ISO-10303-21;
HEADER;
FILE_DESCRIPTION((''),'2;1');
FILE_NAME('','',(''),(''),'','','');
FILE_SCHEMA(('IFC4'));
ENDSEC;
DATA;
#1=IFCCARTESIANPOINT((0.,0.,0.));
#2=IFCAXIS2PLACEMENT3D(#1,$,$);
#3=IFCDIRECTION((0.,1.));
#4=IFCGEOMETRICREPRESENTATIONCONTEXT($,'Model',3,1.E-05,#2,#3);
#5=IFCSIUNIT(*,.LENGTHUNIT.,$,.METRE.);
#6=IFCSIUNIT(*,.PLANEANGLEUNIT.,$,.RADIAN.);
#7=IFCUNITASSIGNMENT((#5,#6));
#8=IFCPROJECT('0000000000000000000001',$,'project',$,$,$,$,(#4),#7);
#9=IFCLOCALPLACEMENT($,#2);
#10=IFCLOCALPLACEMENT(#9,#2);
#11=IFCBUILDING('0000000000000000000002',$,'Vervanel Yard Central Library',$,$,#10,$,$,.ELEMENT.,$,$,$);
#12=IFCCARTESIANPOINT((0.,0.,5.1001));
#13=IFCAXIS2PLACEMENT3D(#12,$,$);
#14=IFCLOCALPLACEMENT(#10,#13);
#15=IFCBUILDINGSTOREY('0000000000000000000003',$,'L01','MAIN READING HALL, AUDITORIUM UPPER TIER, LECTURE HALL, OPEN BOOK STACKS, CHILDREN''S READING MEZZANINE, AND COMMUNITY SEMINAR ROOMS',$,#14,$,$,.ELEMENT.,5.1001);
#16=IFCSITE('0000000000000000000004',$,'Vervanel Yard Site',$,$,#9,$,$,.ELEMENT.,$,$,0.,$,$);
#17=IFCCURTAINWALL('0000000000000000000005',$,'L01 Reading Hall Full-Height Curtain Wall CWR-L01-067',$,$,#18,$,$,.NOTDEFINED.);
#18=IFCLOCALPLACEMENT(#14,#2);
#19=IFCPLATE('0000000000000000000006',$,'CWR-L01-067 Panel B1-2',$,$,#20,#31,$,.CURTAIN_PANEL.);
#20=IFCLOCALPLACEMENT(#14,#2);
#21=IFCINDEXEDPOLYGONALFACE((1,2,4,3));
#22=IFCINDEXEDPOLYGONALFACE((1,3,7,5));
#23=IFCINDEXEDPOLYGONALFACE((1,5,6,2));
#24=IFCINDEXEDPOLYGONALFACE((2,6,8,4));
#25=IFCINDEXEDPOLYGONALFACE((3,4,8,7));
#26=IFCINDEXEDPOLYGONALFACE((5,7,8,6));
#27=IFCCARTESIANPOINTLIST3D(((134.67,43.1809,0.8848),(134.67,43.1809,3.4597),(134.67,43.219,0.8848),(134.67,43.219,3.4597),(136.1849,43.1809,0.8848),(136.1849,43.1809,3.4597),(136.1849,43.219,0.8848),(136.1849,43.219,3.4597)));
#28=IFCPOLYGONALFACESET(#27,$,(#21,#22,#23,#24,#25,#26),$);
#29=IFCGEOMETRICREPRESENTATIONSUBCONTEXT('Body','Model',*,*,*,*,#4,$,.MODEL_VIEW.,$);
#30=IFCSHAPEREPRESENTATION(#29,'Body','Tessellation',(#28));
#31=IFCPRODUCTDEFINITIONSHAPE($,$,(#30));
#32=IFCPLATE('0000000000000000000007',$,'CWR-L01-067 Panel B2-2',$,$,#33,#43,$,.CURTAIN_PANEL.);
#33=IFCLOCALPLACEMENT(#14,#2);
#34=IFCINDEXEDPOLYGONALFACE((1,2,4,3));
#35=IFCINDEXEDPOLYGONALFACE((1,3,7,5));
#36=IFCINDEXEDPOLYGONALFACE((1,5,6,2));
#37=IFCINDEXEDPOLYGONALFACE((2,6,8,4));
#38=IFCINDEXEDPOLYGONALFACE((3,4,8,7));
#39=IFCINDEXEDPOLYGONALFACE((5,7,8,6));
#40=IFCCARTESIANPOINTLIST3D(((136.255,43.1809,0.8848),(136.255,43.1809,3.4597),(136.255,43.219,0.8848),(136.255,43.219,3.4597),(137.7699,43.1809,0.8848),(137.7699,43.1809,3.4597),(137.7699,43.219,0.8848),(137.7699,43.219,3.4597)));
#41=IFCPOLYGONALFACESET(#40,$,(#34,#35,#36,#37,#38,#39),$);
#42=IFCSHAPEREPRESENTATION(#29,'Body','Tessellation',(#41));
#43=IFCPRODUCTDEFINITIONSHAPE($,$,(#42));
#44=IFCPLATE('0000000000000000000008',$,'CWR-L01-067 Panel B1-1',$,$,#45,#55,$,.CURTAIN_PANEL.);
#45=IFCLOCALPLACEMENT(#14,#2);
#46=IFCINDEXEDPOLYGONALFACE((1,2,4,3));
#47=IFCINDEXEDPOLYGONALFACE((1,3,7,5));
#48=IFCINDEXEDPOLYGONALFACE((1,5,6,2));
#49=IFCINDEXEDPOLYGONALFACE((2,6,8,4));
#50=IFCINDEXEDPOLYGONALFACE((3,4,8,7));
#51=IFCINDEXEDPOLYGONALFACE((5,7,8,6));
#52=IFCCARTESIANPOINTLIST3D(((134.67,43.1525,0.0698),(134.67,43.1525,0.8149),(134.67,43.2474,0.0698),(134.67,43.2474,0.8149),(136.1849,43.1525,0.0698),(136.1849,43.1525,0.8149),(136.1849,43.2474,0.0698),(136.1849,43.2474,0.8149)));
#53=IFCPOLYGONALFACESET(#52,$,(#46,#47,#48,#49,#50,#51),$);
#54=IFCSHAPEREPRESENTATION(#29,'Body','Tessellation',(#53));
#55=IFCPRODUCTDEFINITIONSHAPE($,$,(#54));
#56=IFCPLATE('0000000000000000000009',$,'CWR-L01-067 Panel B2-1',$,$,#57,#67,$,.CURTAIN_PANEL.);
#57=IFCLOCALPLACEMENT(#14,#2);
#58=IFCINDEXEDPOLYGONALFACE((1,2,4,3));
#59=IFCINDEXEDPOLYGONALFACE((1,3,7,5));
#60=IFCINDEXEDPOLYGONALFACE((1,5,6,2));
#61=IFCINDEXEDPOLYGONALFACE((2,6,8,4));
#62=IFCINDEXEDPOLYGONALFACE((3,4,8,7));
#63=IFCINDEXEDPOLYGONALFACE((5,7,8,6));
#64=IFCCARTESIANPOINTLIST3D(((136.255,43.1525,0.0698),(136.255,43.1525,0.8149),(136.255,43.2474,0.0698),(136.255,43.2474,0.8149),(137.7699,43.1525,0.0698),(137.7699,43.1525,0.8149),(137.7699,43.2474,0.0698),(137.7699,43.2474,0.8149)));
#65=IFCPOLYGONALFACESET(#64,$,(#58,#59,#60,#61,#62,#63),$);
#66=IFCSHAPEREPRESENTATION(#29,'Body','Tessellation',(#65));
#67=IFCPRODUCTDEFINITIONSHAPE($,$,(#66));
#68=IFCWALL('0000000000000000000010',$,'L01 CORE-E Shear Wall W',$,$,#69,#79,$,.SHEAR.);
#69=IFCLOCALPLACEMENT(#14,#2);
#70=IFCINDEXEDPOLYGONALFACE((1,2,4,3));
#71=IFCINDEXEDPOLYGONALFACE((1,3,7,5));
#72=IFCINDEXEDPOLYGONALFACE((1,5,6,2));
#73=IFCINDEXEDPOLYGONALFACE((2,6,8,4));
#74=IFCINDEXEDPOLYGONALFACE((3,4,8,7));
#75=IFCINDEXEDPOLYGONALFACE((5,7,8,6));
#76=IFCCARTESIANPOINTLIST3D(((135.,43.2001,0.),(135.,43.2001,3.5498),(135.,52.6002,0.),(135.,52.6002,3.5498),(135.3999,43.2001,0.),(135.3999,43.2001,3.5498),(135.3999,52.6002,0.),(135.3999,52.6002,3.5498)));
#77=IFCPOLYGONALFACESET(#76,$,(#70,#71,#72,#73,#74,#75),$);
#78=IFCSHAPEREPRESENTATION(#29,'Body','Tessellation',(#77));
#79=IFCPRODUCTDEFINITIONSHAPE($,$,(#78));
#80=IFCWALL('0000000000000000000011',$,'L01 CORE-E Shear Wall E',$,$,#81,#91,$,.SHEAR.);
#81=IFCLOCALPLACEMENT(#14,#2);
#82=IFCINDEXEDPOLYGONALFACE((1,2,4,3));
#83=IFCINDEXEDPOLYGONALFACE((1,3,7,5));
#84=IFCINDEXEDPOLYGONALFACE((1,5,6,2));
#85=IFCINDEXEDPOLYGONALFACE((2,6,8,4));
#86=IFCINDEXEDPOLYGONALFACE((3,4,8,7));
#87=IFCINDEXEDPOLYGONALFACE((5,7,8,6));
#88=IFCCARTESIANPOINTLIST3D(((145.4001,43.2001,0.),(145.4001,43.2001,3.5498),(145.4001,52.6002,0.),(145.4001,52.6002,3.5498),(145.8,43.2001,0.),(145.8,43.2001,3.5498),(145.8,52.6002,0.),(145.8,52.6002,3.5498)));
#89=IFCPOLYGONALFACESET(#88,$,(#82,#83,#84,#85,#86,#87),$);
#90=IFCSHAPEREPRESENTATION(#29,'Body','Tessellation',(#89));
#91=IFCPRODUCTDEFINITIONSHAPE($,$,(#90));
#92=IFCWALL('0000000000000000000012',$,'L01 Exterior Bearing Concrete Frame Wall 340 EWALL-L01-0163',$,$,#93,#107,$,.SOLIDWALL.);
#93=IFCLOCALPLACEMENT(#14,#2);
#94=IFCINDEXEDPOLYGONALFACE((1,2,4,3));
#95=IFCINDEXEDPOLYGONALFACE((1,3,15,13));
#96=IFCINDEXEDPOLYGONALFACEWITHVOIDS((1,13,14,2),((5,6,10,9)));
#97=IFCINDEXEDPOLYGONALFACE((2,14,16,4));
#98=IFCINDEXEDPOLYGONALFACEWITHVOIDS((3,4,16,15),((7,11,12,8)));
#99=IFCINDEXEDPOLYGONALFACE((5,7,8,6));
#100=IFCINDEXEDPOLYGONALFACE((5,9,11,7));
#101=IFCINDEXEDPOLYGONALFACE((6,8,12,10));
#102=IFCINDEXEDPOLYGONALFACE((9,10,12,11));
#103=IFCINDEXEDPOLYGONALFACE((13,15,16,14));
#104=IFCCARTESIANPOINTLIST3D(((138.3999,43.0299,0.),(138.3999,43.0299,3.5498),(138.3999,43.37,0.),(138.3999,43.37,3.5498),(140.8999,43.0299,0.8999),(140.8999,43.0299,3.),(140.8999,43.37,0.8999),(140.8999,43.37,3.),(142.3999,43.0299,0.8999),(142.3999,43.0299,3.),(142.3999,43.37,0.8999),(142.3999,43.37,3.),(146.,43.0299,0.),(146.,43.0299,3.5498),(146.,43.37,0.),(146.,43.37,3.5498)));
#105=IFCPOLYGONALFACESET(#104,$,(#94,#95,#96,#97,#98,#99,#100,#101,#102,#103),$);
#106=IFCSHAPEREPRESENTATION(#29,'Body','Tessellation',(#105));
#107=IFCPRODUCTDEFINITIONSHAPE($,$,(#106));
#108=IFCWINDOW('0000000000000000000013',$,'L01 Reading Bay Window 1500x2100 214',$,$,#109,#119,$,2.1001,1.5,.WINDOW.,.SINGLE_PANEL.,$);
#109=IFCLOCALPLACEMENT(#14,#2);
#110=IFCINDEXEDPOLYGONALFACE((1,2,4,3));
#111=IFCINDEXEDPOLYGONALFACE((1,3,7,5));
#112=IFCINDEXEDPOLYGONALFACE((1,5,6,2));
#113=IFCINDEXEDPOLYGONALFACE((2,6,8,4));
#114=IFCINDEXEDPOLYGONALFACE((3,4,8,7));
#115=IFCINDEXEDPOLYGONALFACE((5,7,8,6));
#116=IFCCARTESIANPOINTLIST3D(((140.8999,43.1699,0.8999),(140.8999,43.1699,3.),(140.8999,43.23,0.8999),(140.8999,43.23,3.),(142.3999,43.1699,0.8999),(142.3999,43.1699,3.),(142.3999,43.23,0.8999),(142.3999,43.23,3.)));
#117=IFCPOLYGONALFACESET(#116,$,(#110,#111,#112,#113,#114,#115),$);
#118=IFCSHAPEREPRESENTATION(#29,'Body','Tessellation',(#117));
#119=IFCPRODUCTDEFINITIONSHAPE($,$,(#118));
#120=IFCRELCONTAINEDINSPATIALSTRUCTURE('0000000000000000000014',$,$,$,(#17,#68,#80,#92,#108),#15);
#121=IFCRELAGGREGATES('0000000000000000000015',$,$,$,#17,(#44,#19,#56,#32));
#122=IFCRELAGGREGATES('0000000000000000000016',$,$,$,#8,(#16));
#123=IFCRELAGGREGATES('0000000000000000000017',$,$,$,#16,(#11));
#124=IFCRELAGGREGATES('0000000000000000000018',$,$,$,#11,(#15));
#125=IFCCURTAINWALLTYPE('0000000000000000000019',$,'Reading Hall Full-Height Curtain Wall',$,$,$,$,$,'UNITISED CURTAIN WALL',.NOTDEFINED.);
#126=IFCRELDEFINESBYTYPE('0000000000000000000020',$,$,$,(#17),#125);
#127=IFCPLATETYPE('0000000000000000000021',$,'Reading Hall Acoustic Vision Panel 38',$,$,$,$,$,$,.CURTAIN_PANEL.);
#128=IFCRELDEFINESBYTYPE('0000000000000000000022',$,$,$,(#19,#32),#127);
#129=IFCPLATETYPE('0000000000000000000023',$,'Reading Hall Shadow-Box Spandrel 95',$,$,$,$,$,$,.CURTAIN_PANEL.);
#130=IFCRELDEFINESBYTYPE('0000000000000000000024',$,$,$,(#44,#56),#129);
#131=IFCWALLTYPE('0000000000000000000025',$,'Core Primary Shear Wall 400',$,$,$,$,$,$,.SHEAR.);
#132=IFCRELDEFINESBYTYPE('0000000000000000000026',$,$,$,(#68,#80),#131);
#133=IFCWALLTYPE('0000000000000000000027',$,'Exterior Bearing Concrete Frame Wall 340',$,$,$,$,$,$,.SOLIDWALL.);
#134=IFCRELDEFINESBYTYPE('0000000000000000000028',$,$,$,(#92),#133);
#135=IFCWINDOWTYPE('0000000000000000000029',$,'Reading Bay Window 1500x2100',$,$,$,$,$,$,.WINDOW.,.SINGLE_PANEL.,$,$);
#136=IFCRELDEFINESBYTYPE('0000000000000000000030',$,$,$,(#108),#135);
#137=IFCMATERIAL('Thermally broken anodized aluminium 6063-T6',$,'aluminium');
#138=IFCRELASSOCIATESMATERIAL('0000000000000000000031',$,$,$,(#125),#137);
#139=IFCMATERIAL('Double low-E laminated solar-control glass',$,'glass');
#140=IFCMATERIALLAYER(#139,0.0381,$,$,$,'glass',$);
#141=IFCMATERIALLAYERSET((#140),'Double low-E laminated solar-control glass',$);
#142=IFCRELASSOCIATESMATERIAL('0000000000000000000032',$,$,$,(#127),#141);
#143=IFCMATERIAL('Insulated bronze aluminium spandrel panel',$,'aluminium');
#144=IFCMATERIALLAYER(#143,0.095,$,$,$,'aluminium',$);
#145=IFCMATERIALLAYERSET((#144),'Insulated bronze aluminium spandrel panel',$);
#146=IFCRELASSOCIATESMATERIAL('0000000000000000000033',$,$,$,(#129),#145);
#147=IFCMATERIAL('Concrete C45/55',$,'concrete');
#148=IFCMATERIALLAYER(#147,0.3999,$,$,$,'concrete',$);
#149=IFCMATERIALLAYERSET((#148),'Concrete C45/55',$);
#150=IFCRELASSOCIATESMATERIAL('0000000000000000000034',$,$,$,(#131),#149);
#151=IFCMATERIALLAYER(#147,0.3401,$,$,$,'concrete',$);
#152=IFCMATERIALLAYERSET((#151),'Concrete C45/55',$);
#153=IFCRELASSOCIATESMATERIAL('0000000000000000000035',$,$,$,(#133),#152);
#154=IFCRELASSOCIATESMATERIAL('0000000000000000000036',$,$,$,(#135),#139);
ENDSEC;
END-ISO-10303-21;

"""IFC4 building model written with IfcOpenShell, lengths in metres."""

from ifc_helpers import new_model, si_unit, direction, frame, frame_2d, origin, origin_2d, place, context, subcontext, project, spatial, rectangle, extrude, material, layer, layer_set, type_object, element, fill, aggregate, save


model = new_model("IFC4")

# Units and contexts
model_context = context("Model", 3, precision=1e-05, world=origin(), true_north=direction((0.0, 1.0)))
body_context = subcontext(model_context, "Body", "Model", "MODEL_VIEW")
ifc_project = project(units=[si_unit("LENGTHUNIT", "METRE"), si_unit("PLANEANGLEUNIT", "RADIAN")], contexts=[model_context])

# Site, building, storey
site_placement = place(None, origin())
site = spatial("IfcSite", under=ifc_project, at=site_placement, Name="Vervanel Yard Site", CompositionType="ELEMENT", RefElevation=0.0)
building_placement = place(site_placement, origin())
building = spatial("IfcBuilding", under=site, at=building_placement, Name="Vervanel Yard Central Library", CompositionType="ELEMENT")
storey_placement = place(building_placement, frame((0.0, 0.0, 5.1001)))
storey = spatial("IfcBuildingStorey", under=building, at=storey_placement, Name="L01", Description="MAIN READING HALL, AUDITORIUM UPPER TIER, LECTURE HALL, OPEN BOOK STACKS, CHILDREN'S READING MEZZANINE, AND COMMUNITY SEMINAR ROOMS", CompositionType="ELEMENT", Elevation=5.1001)

# Curtain wall
ifc_material_1 = material(Name="Thermally broken anodized aluminium 6063-T6", Category="aluminium")
curtain_wall_type_1 = type_object("IfcCurtainWallType", Name="Reading Hall Full-Height Curtain Wall", ElementType="UNITISED CURTAIN WALL", PredefinedType="NOTDEFINED", material=ifc_material_1)
curtain_wall_1_placement = place(storey_placement, origin())
curtain_wall_1 = element("IfcCurtainWall", 1, at=curtain_wall_1_placement, inside=storey, type_object=curtain_wall_type_1, Name="L01 Reading Hall Full-Height Curtain Wall CWR-L01-067", PredefinedType="NOTDEFINED")

# Plates
ifc_material_2 = material(Name="Double low-E laminated solar-control glass", Category="glass")
ifc_layer_1 = layer(ifc_material_2, 0.0381, Category="glass")
ifc_layer_set_1 = layer_set([ifc_layer_1], Name="Double low-E laminated solar-control glass")
plate_type_1 = type_object("IfcPlateType", Name="Reading Hall Acoustic Vision Panel 38", PredefinedType="CURTAIN_PANEL", material=ifc_layer_set_1)
plate_1_placement = place(storey_placement, frame((135.4275, 43.2, 0.8848), z_axis=(0.0, 0.0, 1.0), x_axis=(1.0, 0.0, 0.0)))
plate_1 = element("IfcPlate", 2, at=plate_1_placement, type_object=plate_type_1, Name="CWR-L01-067 Panel B1-2", PredefinedType="CURTAIN_PANEL", context=body_context, shape_type="SweptSolid", body=[
    extrude(rectangle(XDim=1.5149, YDim=0.0381, at=origin_2d()), origin(), (0.0, 0.0, 1.0), 2.575),
])
plate_2_placement = place(storey_placement, frame((137.0125, 43.2, 0.8848), z_axis=(0.0, 0.0, 1.0), x_axis=(1.0, 0.0, 0.0)))
plate_2 = element("IfcPlate", 3, at=plate_2_placement, type_object=plate_type_1, Name="CWR-L01-067 Panel B2-2", PredefinedType="CURTAIN_PANEL", context=body_context, shape_type="SweptSolid", body=[
    extrude(rectangle(XDim=1.5149, YDim=0.0381, at=origin_2d()), origin(), (0.0, 0.0, 1.0), 2.575),
])
ifc_material_3 = material(Name="Insulated bronze aluminium spandrel panel", Category="aluminium")
ifc_layer_2 = layer(ifc_material_3, 0.095, Category="aluminium")
ifc_layer_set_2 = layer_set([ifc_layer_2], Name="Insulated bronze aluminium spandrel panel")
plate_type_2 = type_object("IfcPlateType", Name="Reading Hall Shadow-Box Spandrel 95", PredefinedType="CURTAIN_PANEL", material=ifc_layer_set_2)
plate_3_placement = place(storey_placement, frame((135.4275, 43.2, 0.0698), z_axis=(0.0, 0.0, 1.0), x_axis=(1.0, 0.0, 0.0)))
plate_3 = element("IfcPlate", 4, at=plate_3_placement, type_object=plate_type_2, Name="CWR-L01-067 Panel B1-1", PredefinedType="CURTAIN_PANEL", context=body_context, shape_type="SweptSolid", body=[
    extrude(rectangle(XDim=1.5149, YDim=0.095, at=origin_2d()), origin(), (0.0, 0.0, 1.0), 0.7451),
])
plate_4_placement = place(storey_placement, frame((137.0125, 43.2, 0.0698), z_axis=(0.0, 0.0, 1.0), x_axis=(1.0, 0.0, 0.0)))
plate_4 = element("IfcPlate", 5, at=plate_4_placement, type_object=plate_type_2, Name="CWR-L01-067 Panel B2-1", PredefinedType="CURTAIN_PANEL", context=body_context, shape_type="SweptSolid", body=[
    extrude(rectangle(XDim=1.5149, YDim=0.095, at=origin_2d()), origin(), (0.0, 0.0, 1.0), 0.7451),
])
aggregate(curtain_wall_1, [plate_3, plate_1, plate_4, plate_2])

# Walls
ifc_material_4 = material(Name="Concrete C45/55", Category="concrete")
ifc_layer_3 = layer(ifc_material_4, 0.3999, Category="concrete")
ifc_layer_set_3 = layer_set([ifc_layer_3], Name="Concrete C45/55")
wall_type_1 = type_object("IfcWallType", Name="Core Primary Shear Wall 400", PredefinedType="SHEAR", material=ifc_layer_set_3)
for number, where, z_axis, x_axis, name in (
    (6, (135.2, 43.2, 0.0), (0.0, 0.0, 1.0), (0.0, 1.0, 0.0), "L01 CORE-E Shear Wall W"),
    (7, (145.6001, 43.2, 0.0), (0.0, 0.0, 1.0), (0.0, 1.0, 0.0), "L01 CORE-E Shear Wall E"),
):
    element("IfcWall", number, at=place(storey_placement, frame(where, z_axis=z_axis, x_axis=x_axis)), inside=storey, type_object=wall_type_1, Name=name, PredefinedType="SHEAR", context=body_context, shape_type="SweptSolid", body=[
        extrude(rectangle(XDim=9.4001, YDim=0.3999, at=frame_2d((4.7002, 0.0))), origin(), (0.0, 0.0, 1.0), 3.5498),
    ])

# Wall, opening, window
ifc_layer_4 = layer(ifc_material_4, 0.3401, Category="concrete")
ifc_layer_set_4 = layer_set([ifc_layer_4], Name="Concrete C45/55")
wall_type_2 = type_object("IfcWallType", Name="Exterior Bearing Concrete Frame Wall 340", PredefinedType="SOLIDWALL", material=ifc_layer_set_4)
wall_placement = place(storey_placement, frame((138.3999, 43.2, 0.0), z_axis=(0.0, 0.0, 1.0), x_axis=(1.0, 0.0, 0.0)))
wall = element("IfcWall", 8, at=wall_placement, inside=storey, type_object=wall_type_2, Name="L01 Exterior Bearing Concrete Frame Wall 340 EWALL-L01-0163", PredefinedType="SOLIDWALL", context=body_context, shape_type="SweptSolid", body=[
    extrude(rectangle(XDim=7.6001, YDim=0.3401, at=frame_2d((3.8, 0.0))), origin(), (0.0, 0.0, 1.0), 3.5498),
])
opening_placement = place(wall_placement, frame((2.5, 0.0, 0.8999)))
opening = element("IfcOpeningElement", 9, at=opening_placement, cuts=wall, PredefinedType="OPENING", context=body_context, shape_type="SweptSolid", body=[
    extrude(rectangle(XDim=1.5, YDim=2.1001, at=frame_2d((0.75, 1.05))), frame((0.0, 0.1799, 0.0), z_axis=(0.0, -1.0, 0.0), x_axis=(1.0, 0.0, 0.0)), (0.0, 0.0, 1.0), 0.3601),
])
window_type = type_object("IfcWindowType", Name="Reading Bay Window 1500x2100", PartitioningType="SINGLE_PANEL", PredefinedType="WINDOW", material=ifc_material_2)
window_placement = place(opening_placement, origin())
window = element("IfcWindow", 10, at=window_placement, inside=storey, type_object=window_type, Name="L01 Reading Bay Window 1500x2100 214", OverallHeight=2.1001, OverallWidth=1.5, PartitioningType="SINGLE_PANEL", PredefinedType="WINDOW", context=body_context, shape_type="SweptSolid", body=[
    extrude(rectangle(XDim=1.5, YDim=2.1001, at=frame_2d((0.75, 1.05))), frame((0.0, 0.03, 0.0), z_axis=(0.0, -1.0, 0.0), x_axis=(1.0, 0.0, 0.0)), (0.0, 0.0, 1.0), 0.0601),
])
fill(opening, window)

save(model, "model.ifc")
